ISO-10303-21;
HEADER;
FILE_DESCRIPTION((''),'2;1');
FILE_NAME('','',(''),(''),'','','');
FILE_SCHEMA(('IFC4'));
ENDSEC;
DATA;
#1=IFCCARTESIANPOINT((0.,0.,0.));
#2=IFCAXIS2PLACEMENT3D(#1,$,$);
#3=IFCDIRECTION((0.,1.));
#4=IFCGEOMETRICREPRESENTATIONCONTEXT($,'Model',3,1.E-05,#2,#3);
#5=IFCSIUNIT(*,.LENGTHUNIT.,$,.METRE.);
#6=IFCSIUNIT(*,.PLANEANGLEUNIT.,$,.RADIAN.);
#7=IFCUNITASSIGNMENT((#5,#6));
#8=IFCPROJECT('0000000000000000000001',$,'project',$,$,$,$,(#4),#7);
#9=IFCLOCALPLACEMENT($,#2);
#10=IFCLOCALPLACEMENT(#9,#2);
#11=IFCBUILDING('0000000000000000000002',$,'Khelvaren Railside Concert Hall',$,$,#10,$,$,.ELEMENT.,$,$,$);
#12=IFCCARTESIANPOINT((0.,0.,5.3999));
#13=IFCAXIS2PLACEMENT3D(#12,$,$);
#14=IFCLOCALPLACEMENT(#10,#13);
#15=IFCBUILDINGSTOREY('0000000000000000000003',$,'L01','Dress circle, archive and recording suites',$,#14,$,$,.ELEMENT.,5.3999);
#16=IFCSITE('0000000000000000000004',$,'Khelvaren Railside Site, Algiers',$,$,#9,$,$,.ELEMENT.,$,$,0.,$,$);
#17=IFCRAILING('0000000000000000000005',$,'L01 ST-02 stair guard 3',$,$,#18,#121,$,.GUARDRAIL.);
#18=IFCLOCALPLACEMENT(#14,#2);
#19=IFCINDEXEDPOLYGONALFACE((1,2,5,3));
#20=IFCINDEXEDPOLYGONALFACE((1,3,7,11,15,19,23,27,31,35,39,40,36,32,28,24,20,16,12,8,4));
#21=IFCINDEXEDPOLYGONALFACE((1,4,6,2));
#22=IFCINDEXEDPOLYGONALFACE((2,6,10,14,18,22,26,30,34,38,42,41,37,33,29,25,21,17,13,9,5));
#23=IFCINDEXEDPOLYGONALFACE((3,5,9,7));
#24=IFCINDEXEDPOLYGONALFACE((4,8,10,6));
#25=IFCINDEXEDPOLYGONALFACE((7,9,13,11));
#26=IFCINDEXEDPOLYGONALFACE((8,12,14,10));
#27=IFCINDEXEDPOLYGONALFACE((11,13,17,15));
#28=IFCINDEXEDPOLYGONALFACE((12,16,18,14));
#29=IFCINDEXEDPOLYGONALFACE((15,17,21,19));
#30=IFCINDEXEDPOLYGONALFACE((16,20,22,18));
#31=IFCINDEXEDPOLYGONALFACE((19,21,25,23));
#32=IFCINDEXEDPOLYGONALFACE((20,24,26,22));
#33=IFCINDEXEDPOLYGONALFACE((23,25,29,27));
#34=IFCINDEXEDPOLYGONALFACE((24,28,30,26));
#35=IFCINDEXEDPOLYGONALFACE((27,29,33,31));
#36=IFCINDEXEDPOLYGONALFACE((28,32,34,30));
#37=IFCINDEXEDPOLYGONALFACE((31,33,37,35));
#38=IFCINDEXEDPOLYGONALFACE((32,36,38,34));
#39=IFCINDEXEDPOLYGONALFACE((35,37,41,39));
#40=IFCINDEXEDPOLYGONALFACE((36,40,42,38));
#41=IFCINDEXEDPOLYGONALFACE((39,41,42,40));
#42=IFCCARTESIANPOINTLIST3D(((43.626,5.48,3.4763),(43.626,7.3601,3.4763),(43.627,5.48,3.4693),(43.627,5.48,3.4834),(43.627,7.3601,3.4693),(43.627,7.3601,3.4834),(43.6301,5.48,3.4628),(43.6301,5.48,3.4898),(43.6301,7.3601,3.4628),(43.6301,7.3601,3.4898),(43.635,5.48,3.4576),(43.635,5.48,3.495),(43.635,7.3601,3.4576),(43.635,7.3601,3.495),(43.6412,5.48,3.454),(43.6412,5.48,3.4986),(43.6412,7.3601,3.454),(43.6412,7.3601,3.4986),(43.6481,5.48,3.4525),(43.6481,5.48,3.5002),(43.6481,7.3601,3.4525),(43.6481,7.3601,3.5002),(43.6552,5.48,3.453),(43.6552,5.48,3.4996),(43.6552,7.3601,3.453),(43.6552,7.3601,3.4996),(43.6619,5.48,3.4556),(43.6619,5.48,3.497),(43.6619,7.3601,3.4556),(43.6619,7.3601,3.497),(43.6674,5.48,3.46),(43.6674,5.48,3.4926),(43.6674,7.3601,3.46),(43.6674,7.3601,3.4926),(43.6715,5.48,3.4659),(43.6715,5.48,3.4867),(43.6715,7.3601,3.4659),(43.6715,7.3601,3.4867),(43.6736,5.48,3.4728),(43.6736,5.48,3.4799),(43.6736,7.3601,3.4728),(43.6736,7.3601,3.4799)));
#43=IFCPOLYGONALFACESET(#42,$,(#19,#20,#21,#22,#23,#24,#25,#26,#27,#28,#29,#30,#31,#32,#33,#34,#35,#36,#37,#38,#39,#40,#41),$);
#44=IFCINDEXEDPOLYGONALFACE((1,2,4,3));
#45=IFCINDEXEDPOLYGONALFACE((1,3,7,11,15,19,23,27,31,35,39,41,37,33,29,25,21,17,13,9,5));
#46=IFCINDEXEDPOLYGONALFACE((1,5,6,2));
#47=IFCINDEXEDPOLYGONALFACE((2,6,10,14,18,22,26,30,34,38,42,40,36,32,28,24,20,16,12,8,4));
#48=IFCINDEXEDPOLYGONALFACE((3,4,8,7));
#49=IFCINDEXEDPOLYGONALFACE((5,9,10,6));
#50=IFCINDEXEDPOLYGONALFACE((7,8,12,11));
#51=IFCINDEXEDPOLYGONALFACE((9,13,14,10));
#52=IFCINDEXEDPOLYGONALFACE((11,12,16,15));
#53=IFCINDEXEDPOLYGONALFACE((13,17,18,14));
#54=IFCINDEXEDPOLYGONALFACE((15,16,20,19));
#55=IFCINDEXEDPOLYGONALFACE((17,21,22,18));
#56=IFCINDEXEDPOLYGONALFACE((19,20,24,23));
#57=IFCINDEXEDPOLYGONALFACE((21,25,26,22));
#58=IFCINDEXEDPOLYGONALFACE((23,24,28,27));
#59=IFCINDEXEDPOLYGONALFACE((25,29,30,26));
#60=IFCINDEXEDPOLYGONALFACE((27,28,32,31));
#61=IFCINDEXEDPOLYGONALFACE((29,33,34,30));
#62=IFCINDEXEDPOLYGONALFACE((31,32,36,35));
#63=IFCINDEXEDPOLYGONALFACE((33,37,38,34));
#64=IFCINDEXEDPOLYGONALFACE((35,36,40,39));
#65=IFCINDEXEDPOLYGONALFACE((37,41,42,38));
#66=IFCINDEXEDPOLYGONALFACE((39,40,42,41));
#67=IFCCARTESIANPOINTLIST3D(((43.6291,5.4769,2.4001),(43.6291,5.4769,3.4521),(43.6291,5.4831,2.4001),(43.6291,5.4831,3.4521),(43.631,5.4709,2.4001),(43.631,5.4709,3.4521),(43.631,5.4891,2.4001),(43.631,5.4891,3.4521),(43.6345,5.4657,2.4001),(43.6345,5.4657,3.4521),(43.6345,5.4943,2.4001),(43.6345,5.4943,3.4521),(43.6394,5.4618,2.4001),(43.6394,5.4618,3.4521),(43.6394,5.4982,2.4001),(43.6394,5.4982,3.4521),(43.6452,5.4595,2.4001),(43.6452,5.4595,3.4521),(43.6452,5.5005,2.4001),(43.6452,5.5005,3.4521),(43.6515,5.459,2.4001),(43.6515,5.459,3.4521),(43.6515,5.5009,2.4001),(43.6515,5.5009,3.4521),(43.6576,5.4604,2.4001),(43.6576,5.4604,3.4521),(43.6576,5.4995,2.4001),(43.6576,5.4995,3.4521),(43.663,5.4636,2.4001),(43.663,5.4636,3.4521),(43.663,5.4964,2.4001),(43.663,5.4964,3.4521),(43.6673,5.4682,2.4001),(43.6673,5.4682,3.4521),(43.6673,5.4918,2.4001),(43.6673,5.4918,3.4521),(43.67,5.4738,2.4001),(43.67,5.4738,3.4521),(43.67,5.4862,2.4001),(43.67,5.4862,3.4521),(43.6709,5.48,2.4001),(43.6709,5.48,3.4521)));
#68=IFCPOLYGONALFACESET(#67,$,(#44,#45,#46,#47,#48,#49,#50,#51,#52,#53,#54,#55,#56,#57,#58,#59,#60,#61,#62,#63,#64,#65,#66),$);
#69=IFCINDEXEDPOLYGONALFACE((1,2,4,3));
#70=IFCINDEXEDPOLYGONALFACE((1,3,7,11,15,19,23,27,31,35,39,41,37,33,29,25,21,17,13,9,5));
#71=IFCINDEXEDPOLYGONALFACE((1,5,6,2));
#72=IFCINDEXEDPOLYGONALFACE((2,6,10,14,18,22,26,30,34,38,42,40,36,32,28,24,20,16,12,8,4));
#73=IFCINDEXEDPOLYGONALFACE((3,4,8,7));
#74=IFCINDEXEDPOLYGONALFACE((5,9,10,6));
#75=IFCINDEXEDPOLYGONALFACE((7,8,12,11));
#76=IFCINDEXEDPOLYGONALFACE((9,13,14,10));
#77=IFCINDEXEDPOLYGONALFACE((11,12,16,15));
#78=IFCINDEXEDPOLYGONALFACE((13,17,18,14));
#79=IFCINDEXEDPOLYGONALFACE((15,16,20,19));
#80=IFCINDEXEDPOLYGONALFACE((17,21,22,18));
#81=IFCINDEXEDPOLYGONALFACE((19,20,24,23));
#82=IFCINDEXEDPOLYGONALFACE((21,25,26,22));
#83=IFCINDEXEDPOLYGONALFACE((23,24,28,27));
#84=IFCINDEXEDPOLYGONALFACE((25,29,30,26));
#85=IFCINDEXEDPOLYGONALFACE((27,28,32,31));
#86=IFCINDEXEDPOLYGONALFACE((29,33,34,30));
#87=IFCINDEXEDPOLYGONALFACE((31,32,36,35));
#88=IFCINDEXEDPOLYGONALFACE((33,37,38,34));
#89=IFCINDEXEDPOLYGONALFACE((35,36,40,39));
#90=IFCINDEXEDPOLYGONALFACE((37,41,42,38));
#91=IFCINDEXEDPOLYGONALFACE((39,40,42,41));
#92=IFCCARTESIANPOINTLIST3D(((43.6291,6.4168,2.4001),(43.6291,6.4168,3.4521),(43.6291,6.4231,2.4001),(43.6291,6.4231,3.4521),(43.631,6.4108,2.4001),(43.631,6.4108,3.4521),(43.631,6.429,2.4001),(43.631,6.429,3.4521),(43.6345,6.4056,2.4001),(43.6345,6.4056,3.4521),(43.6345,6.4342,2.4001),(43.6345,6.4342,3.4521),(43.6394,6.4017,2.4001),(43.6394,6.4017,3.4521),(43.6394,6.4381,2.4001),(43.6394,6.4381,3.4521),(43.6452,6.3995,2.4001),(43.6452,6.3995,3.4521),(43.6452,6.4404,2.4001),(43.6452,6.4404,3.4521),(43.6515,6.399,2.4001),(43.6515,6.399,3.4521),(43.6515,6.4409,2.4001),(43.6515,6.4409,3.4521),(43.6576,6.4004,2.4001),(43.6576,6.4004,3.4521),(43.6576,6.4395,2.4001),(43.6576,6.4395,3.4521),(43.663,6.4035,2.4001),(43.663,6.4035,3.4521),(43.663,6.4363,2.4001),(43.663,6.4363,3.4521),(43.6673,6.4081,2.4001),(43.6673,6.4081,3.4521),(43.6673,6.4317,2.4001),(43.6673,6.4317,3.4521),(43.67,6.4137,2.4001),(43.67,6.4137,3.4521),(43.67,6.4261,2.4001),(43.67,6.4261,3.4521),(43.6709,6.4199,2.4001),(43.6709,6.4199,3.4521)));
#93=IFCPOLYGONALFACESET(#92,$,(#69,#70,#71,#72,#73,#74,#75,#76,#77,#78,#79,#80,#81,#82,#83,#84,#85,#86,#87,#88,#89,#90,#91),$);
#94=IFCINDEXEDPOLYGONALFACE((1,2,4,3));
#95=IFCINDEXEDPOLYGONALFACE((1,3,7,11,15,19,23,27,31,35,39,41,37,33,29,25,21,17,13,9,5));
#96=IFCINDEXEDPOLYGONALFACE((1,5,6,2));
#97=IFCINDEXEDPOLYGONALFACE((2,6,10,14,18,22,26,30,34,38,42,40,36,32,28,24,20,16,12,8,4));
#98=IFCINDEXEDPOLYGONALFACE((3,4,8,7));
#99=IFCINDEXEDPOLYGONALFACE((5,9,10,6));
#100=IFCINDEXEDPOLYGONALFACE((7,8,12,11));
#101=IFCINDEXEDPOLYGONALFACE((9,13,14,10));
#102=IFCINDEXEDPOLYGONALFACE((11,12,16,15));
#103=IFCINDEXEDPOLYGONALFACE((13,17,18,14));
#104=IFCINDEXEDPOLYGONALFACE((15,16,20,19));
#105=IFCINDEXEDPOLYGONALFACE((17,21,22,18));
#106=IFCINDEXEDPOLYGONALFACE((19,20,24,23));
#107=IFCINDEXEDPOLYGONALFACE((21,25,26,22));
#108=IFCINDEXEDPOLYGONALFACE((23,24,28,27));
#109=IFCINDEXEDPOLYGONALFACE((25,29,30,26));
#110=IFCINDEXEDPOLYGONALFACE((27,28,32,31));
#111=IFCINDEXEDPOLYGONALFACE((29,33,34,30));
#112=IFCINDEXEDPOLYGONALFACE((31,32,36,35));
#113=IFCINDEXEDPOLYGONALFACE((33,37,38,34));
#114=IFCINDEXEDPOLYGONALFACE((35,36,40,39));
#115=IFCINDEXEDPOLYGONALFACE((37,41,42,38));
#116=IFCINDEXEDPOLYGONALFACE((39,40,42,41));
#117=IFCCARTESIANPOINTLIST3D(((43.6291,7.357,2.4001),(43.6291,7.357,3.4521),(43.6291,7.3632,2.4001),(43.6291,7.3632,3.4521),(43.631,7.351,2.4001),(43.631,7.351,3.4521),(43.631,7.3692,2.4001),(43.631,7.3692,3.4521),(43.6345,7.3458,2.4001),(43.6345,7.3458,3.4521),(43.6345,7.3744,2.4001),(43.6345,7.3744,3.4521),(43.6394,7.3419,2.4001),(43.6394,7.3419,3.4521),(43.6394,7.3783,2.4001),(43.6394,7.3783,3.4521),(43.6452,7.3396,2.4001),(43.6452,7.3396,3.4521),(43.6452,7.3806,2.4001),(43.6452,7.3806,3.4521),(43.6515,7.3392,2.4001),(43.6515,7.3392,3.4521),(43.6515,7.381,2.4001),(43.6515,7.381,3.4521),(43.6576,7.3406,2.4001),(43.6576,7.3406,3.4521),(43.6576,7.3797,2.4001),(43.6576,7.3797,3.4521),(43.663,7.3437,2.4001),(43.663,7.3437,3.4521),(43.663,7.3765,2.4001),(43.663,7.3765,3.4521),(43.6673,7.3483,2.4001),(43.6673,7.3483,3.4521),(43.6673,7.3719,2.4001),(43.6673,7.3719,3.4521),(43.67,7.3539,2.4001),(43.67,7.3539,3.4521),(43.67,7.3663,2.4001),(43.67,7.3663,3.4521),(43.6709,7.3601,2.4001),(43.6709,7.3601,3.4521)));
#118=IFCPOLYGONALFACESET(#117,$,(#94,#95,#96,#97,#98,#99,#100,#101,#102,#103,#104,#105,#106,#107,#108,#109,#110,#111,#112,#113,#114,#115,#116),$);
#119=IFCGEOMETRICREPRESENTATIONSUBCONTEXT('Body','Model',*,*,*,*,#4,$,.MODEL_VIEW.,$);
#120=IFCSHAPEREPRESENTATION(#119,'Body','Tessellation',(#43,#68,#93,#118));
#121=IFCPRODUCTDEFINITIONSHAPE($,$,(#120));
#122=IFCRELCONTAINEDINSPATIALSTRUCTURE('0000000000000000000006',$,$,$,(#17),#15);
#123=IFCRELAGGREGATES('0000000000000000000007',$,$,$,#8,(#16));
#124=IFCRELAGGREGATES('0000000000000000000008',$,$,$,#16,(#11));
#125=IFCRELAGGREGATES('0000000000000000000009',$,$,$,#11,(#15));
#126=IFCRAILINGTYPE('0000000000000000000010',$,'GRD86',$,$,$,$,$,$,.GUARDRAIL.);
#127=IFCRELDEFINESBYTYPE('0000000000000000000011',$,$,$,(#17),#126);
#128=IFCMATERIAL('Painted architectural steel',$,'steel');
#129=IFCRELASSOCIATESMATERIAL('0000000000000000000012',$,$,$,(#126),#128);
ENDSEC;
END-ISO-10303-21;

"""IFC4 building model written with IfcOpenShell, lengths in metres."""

from ifc_helpers import new_model, si_unit, direction, frame, origin, origin_2d, place, context, subcontext, project, spatial, circle, extrude, material, type_object, element, save


model = new_model("IFC4")

# Units and contexts
model_context = context("Model", 3, precision=1e-05, world=origin(), true_north=direction((0.0, 1.0)))
body_context = subcontext(model_context, "Body", "Model", "MODEL_VIEW")
ifc_project = project(units=[si_unit("LENGTHUNIT", "METRE"), si_unit("PLANEANGLEUNIT", "RADIAN")], contexts=[model_context])

# Site, building, storey
site_placement = place(None, origin())
site = spatial("IfcSite", under=ifc_project, at=site_placement, Name="Khelvaren Railside Site, Algiers", CompositionType="ELEMENT", RefElevation=0.0)
building_placement = place(site_placement, origin())
building = spatial("IfcBuilding", under=site, at=building_placement, Name="Khelvaren Railside Concert Hall", CompositionType="ELEMENT")
storey_placement = place(building_placement, frame((0.0, 0.0, 5.3999)))
storey = spatial("IfcBuildingStorey", under=building, at=storey_placement, Name="L01", Description="Dress circle, archive and recording suites", CompositionType="ELEMENT", Elevation=5.3999)

# Railing
ifc_material_1 = material(Name="Painted architectural steel", Category="steel")
railing_type = type_object("IfcRailingType", Name="GRD86", PredefinedType="GUARDRAIL", material=ifc_material_1)
railing_1_placement = place(storey_placement, frame((43.6499, 5.48, 2.4001)))
element("IfcRailing", 1, at=railing_1_placement, inside=storey, type_object=railing_type, Name="L01 ST-02 stair guard 3", PredefinedType="GUARDRAIL", context=body_context, shape_type="SweptSolid", body=[
    extrude(circle(Radius=0.0239, at=origin_2d()), frame((0.0, 0.0, 1.0762), z_axis=(0.0, 1.0, 0.0), x_axis=(-1.0, 0.0, 0.0)), (0.0, 0.0, 1.0), 1.8801),
    extrude(circle(Radius=0.021, at=origin_2d()), origin(), (0.0, 0.0, 1.0), 1.052),
    extrude(circle(Radius=0.021, at=origin_2d()), frame((0.0, 0.9399, 0.0)), (0.0, 0.0, 1.0), 1.052),
    extrude(circle(Radius=0.021, at=origin_2d()), frame((0.0, 1.8801, 0.0)), (0.0, 0.0, 1.0), 1.052),
])

save(model, "model.ifc")
